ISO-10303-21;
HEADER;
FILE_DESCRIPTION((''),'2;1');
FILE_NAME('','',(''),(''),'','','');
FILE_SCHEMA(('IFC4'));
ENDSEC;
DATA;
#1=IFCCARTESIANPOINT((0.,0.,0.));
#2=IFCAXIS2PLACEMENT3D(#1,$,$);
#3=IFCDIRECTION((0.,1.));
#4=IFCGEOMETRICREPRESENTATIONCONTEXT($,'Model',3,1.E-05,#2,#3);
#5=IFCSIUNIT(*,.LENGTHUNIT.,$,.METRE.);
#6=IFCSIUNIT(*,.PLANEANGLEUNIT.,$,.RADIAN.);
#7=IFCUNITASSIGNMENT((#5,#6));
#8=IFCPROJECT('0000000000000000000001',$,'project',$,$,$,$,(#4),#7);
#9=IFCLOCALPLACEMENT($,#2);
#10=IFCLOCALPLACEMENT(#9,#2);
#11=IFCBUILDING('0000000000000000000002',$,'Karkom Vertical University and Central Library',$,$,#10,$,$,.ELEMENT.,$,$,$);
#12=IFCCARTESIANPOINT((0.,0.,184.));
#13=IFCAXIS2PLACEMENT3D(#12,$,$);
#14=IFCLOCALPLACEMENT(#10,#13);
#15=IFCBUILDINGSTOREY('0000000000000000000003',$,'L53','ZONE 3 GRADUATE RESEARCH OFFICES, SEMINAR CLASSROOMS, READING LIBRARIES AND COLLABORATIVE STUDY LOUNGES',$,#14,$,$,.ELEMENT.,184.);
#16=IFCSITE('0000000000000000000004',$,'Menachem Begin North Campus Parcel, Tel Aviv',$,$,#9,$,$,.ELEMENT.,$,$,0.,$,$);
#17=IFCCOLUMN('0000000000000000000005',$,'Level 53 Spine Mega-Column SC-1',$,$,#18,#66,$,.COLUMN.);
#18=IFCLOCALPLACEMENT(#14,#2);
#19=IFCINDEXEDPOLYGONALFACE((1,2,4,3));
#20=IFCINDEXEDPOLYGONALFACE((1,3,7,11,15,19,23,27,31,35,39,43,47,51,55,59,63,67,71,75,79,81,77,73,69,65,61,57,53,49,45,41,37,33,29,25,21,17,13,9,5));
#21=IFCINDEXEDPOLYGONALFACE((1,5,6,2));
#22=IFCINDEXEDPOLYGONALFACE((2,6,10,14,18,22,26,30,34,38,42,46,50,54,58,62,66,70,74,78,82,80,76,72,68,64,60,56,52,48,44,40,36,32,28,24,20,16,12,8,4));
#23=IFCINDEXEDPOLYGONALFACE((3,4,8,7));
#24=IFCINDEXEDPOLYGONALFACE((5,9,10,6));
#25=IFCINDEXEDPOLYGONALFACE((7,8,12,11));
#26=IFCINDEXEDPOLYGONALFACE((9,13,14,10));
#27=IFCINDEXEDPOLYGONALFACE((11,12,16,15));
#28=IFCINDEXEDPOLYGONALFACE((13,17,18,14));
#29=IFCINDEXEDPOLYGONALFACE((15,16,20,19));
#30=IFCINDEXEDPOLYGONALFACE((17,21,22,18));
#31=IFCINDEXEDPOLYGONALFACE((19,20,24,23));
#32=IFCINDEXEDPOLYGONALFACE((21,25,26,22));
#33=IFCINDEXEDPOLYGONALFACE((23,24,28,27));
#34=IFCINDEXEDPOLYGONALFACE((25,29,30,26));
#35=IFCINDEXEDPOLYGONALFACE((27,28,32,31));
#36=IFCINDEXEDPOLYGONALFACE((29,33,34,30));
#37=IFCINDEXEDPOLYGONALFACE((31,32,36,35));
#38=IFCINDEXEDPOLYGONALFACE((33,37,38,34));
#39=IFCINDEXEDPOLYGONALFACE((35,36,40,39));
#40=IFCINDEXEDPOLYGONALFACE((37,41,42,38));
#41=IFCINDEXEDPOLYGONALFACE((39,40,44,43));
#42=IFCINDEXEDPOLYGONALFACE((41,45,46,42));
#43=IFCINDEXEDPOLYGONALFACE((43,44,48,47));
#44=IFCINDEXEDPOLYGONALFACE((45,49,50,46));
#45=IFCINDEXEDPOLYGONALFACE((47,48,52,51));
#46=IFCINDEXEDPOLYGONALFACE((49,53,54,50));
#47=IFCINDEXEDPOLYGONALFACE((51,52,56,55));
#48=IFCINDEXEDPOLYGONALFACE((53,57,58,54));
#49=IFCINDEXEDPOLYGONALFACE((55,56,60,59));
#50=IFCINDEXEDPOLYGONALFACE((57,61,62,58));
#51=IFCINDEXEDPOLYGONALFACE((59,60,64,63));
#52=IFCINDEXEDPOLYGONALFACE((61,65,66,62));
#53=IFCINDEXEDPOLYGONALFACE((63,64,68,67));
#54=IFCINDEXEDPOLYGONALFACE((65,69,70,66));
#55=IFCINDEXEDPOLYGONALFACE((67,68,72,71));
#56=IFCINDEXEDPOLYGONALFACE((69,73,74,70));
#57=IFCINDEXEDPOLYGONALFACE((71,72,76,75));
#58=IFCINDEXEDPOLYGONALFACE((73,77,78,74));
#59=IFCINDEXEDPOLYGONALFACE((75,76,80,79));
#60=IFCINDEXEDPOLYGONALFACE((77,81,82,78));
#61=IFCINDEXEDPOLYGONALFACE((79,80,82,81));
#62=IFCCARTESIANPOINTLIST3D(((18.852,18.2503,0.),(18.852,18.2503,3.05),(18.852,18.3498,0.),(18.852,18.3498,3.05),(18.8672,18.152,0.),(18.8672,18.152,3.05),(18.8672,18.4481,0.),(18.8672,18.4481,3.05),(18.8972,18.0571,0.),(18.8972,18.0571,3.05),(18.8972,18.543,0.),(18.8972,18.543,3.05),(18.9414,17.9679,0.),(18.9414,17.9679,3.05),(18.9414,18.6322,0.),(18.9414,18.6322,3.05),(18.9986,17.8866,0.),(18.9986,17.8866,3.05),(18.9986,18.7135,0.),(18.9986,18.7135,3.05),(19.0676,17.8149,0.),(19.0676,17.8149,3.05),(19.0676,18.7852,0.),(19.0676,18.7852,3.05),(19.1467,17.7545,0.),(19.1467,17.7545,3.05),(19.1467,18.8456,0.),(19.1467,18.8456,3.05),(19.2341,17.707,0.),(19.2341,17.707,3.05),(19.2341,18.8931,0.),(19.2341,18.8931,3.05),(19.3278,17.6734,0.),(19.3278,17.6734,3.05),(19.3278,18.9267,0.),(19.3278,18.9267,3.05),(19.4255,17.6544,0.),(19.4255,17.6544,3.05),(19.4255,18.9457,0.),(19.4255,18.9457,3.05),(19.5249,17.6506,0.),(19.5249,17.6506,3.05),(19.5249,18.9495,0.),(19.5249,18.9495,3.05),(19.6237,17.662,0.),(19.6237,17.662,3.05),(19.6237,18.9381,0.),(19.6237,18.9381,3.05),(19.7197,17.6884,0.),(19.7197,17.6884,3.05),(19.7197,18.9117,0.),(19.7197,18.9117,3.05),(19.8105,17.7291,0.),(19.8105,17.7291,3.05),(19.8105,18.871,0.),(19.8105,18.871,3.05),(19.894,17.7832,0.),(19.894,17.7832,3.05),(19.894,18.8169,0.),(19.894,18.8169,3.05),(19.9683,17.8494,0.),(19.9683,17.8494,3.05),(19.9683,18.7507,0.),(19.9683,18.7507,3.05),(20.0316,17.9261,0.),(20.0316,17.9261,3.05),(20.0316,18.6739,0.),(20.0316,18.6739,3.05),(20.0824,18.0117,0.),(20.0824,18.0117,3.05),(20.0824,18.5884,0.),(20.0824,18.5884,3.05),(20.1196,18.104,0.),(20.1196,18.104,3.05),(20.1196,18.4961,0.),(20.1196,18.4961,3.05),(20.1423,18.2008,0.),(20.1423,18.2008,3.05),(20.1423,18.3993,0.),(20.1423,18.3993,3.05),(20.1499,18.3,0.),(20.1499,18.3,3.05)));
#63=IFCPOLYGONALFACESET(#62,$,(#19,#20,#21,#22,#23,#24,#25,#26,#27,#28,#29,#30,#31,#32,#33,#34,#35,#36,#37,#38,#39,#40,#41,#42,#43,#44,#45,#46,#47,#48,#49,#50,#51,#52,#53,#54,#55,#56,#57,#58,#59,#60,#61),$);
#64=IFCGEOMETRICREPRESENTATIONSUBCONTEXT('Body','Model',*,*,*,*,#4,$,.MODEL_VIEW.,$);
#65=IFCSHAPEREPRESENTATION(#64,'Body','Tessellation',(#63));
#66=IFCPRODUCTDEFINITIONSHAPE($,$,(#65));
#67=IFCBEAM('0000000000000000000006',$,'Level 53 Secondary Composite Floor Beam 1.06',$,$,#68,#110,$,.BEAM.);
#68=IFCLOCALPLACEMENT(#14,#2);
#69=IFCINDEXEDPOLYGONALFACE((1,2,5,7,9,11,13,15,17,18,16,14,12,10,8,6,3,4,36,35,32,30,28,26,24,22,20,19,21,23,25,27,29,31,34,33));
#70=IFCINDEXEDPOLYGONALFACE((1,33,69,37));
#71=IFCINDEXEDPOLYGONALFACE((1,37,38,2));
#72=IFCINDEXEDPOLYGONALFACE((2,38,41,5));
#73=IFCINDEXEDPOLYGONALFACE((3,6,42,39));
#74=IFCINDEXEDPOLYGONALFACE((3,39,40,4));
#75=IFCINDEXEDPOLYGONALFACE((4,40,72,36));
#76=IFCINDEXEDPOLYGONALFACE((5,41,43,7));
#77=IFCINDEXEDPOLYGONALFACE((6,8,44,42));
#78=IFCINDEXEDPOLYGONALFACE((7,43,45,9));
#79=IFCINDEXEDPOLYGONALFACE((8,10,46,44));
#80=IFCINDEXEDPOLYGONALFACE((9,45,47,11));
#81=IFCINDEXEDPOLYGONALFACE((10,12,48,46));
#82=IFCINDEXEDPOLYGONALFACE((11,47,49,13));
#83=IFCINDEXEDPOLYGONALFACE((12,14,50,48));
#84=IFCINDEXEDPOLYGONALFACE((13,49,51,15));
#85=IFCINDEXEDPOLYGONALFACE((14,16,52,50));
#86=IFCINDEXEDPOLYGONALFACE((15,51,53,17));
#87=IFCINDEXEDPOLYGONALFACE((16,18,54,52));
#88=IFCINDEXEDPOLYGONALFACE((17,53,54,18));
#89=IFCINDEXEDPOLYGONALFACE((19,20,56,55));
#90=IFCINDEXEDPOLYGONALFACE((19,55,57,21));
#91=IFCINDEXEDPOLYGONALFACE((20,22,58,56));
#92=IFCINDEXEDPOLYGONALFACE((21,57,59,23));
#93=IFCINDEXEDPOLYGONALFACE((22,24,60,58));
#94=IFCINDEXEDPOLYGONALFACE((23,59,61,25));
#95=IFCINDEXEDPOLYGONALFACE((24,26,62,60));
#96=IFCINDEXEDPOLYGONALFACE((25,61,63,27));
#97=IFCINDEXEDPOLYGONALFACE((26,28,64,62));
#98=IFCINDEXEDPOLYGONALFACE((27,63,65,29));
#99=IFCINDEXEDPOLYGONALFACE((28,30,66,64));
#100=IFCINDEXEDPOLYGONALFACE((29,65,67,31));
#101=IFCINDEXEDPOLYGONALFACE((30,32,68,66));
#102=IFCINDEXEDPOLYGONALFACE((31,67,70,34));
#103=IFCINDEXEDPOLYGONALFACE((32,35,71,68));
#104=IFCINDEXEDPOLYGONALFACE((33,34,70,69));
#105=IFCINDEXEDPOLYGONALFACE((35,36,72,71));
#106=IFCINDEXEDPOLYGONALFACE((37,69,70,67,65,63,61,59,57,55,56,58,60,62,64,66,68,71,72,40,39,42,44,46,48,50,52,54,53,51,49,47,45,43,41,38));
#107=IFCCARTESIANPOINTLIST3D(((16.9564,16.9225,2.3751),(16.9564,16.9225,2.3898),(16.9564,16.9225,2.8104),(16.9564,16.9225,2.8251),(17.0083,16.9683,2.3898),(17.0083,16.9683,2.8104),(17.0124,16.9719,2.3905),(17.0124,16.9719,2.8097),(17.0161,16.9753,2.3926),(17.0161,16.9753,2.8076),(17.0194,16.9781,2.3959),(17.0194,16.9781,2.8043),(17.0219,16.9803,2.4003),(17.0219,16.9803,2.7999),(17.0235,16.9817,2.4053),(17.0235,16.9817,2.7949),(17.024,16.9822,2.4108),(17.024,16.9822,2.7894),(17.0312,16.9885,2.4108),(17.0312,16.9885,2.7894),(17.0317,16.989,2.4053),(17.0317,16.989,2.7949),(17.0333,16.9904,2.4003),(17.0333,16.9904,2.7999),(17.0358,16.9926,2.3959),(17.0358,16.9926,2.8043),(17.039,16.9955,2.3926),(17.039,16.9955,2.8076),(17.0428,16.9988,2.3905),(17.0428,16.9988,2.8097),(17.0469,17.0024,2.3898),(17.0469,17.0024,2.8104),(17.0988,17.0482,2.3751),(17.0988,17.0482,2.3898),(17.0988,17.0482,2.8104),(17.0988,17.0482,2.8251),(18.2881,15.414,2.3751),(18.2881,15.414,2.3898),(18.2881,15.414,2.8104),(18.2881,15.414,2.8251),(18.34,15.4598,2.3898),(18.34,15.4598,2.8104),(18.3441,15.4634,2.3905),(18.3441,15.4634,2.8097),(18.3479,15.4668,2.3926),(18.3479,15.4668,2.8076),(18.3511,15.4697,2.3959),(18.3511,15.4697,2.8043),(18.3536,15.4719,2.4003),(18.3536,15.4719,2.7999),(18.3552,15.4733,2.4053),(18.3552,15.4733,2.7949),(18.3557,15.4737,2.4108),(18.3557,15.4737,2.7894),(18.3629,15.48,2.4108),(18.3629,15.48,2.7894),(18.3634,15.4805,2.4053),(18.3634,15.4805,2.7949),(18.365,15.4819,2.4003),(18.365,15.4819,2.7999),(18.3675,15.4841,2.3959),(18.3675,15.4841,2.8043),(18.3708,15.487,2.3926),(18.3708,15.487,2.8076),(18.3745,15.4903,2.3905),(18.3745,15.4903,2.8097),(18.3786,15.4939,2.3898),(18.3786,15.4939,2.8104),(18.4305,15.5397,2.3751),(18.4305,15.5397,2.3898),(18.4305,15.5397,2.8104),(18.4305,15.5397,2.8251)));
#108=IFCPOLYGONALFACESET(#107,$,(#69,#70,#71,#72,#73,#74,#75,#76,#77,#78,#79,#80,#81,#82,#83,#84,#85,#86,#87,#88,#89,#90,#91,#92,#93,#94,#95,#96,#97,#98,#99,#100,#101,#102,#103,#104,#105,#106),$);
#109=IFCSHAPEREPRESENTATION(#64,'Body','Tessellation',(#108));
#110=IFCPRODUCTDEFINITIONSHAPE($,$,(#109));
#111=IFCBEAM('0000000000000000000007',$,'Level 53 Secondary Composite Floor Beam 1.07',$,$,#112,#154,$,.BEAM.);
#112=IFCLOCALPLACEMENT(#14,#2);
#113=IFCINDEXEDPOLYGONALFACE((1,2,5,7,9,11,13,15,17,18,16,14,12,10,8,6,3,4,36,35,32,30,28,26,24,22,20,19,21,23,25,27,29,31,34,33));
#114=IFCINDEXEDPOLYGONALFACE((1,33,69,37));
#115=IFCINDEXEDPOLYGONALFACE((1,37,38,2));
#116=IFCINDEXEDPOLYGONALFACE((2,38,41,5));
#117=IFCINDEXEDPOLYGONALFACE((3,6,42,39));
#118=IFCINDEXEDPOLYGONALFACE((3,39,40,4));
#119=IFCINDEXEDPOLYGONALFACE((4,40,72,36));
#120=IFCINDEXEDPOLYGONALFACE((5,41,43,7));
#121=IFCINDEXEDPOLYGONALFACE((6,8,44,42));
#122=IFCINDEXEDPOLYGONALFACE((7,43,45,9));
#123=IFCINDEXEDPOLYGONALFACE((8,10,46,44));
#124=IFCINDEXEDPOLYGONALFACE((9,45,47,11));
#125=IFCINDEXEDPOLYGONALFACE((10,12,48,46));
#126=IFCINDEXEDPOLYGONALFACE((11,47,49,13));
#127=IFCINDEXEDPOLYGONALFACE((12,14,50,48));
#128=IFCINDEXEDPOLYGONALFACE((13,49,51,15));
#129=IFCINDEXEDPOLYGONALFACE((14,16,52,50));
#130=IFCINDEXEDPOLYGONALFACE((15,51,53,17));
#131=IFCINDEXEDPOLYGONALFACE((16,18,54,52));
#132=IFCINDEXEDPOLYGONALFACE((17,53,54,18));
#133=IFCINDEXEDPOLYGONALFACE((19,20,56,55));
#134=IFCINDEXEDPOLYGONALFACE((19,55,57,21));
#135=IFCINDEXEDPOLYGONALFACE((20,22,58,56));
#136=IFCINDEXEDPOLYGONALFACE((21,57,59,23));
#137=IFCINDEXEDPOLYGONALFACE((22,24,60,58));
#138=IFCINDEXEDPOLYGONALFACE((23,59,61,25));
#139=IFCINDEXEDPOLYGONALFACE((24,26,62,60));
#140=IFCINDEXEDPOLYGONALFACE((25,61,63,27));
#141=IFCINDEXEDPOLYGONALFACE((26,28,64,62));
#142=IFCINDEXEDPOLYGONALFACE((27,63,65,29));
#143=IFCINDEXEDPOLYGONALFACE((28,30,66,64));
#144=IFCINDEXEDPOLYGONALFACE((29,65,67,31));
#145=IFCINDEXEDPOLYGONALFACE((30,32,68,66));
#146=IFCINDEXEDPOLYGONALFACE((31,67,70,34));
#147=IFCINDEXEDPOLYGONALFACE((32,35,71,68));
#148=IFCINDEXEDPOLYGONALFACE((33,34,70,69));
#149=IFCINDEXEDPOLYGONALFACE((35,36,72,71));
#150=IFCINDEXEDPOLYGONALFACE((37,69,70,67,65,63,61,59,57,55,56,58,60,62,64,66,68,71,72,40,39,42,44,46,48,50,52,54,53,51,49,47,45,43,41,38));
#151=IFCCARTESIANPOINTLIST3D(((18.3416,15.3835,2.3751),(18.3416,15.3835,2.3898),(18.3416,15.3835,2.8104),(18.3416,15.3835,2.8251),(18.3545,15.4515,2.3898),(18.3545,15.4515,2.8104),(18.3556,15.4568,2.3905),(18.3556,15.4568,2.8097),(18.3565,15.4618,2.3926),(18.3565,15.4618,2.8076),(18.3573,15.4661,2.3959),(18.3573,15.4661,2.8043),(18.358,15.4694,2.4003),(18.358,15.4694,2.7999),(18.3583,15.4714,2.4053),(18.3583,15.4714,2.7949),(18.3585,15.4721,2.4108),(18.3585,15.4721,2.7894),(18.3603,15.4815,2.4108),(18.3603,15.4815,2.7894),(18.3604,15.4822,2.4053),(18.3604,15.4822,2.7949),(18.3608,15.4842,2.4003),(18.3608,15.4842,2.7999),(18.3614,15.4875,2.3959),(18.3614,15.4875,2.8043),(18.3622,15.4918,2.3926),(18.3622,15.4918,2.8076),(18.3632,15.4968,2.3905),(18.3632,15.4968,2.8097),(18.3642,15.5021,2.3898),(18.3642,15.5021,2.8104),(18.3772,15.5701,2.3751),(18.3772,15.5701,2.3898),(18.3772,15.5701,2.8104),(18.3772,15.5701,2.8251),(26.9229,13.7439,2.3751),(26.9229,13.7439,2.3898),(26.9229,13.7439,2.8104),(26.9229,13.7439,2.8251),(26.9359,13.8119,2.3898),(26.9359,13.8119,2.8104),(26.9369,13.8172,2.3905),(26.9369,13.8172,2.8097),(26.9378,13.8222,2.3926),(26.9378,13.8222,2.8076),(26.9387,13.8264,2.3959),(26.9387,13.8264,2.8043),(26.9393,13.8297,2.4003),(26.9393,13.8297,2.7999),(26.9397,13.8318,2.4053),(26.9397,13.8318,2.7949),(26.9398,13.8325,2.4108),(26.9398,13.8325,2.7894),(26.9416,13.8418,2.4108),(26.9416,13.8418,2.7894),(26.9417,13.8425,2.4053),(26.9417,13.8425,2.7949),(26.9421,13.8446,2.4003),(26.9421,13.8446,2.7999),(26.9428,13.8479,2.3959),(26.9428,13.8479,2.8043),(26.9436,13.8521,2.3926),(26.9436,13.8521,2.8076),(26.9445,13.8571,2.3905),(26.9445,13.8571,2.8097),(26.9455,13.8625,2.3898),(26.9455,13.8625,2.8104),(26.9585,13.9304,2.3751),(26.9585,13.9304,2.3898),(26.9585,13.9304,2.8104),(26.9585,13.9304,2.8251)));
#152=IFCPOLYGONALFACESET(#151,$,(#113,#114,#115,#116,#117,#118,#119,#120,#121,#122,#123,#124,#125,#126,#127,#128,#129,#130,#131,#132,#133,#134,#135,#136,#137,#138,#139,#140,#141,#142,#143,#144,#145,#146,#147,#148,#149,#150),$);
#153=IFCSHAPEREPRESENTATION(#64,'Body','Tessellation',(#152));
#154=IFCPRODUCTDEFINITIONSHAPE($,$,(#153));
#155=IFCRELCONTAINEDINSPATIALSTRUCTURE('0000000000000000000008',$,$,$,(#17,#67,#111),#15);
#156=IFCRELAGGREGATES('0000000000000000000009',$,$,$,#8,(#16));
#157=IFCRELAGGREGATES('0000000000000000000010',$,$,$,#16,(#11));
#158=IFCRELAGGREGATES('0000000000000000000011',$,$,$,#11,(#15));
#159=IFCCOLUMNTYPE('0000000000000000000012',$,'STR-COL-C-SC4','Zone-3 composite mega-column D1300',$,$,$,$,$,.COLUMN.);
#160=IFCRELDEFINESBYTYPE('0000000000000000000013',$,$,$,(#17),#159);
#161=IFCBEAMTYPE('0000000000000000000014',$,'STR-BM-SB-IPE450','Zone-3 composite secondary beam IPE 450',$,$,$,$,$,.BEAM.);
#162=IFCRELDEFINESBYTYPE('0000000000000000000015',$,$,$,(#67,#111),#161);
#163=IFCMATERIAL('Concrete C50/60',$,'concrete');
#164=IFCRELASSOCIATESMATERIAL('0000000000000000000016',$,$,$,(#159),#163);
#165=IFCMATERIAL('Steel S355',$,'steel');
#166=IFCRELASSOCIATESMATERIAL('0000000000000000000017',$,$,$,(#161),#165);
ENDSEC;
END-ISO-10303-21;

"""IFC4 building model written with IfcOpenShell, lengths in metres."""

from ifc_helpers import new_model, si_unit, direction, frame, origin, origin_with_axes, origin_2d, place, context, subcontext, project, spatial, circle, i_section, extrude, source, transform, mapped, material, material_profile, profile_set, type_object, element, save


model = new_model("IFC4")

# Units and contexts
model_context = context("Model", 3, precision=1e-05, world=origin(), true_north=direction((0.0, 1.0)))
body_context = subcontext(model_context, "Body", "Model", "MODEL_VIEW")
ifc_project = project(units=[si_unit("LENGTHUNIT", "METRE"), si_unit("PLANEANGLEUNIT", "RADIAN")], contexts=[model_context])

# Site, building, storey
site_placement = place(None, origin())
site = spatial("IfcSite", under=ifc_project, at=site_placement, Name="Menachem Begin North Campus Parcel, Tel Aviv", CompositionType="ELEMENT", RefElevation=0.0)
building_placement = place(site_placement, origin())
building = spatial("IfcBuilding", under=site, at=building_placement, Name="Karkom Vertical University and Central Library", CompositionType="ELEMENT")
storey_placement = place(building_placement, frame((0.0, 0.0, 184.0)))
storey = spatial("IfcBuildingStorey", under=building, at=storey_placement, Name="L53", Description="ZONE 3 GRADUATE RESEARCH OFFICES, SEMINAR CLASSROOMS, READING LIBRARIES AND COLLABORATIVE STUDY LOUNGES", CompositionType="ELEMENT", Elevation=184.0)

# Column
ifc_material_1 = material(Name="Concrete C50/60", Category="concrete")
ifc_material_profile_1 = material_profile(ifc_material_1, circle(Radius=0.6499, at=origin_2d()), Name="CFT-D1300")
ifc_profile_set_1 = profile_set([ifc_material_profile_1], Name="Concrete C50/60")
column_type = type_object("IfcColumnType", Name="STR-COL-C-SC4", Description="Zone-3 composite mega-column D1300", PredefinedType="COLUMN", material=ifc_profile_set_1)
shared_shape_1 = source(origin_with_axes(), body_context, "Body", "SweptSolid", [
    extrude(circle(Radius=0.6499, at=origin_2d()), origin(), (0.0, 0.0, 1.0), 3.05),
])
column_placement = place(storey_placement, frame((19.5, 18.3, 0.0), z_axis=(0.0, 0.0, 1.0), x_axis=(1.0, 0.0, 0.0)))
element("IfcColumn", 1, at=column_placement, inside=storey, type_object=column_type, Name="Level 53 Spine Mega-Column SC-1", PredefinedType="COLUMN", context=body_context, shape_type="MappedRepresentation", body=[
    mapped(shared_shape_1, transform((0.0, 0.0, 0.0), scale=1.0)),
])

# Beams
ifc_material_2 = material(Name="Steel S355", Category="steel")
ifc_material_profile_2 = material_profile(ifc_material_2, i_section(OverallWidth=0.1899, OverallDepth=0.45, WebThickness=0.0095, FlangeThickness=0.0146, FilletRadius=0.021, at=origin_2d()), Name="IPE 450")
ifc_profile_set_2 = profile_set([ifc_material_profile_2], Name="Steel S355")
beam_type = type_object("IfcBeamType", Name="STR-BM-SB-IPE450", Description="Zone-3 composite secondary beam IPE 450", PredefinedType="BEAM", material=ifc_profile_set_2)
shared_shape_2 = source(origin_with_axes(), body_context, "Body", "SweptSolid", [
    extrude(i_section(OverallWidth=0.1899, OverallDepth=0.45, WebThickness=0.0095, FlangeThickness=0.0146, FilletRadius=0.021, at=origin_2d()), origin(), (0.0, 0.0, 1.0), 2.0122),
])
beam_1_placement = place(storey_placement, frame((17.0276, 16.9854, 2.6001), z_axis=(0.661822, -0.749661, 0.0), x_axis=(0.749661, 0.661822, 0.0)))
element("IfcBeam", 2, at=beam_1_placement, inside=storey, type_object=beam_type, Name="Level 53 Secondary Composite Floor Beam 1.06", PredefinedType="BEAM", context=body_context, shape_type="MappedRepresentation", body=[
    mapped(shared_shape_2, transform((0.0, 0.0, 0.0), scale=1.0)),
])
shared_shape_3 = source(origin_with_axes(), body_context, "Body", "SweptSolid", [
    extrude(i_section(OverallWidth=0.1899, OverallDepth=0.45, WebThickness=0.0095, FlangeThickness=0.0146, FilletRadius=0.021, at=origin_2d()), origin(), (0.0, 0.0, 1.0), 8.7366),
])
beam_2_placement = place(storey_placement, frame((18.3594, 15.4768, 2.6001), z_axis=(0.982231, -0.187677, 0.0), x_axis=(0.187677, 0.982231, 0.0)))
element("IfcBeam", 3, at=beam_2_placement, inside=storey, type_object=beam_type, Name="Level 53 Secondary Composite Floor Beam 1.07", PredefinedType="BEAM", context=body_context, shape_type="MappedRepresentation", body=[
    mapped(shared_shape_3, transform((0.0, 0.0, 0.0), scale=1.0)),
])

save(model, "model.ifc")
